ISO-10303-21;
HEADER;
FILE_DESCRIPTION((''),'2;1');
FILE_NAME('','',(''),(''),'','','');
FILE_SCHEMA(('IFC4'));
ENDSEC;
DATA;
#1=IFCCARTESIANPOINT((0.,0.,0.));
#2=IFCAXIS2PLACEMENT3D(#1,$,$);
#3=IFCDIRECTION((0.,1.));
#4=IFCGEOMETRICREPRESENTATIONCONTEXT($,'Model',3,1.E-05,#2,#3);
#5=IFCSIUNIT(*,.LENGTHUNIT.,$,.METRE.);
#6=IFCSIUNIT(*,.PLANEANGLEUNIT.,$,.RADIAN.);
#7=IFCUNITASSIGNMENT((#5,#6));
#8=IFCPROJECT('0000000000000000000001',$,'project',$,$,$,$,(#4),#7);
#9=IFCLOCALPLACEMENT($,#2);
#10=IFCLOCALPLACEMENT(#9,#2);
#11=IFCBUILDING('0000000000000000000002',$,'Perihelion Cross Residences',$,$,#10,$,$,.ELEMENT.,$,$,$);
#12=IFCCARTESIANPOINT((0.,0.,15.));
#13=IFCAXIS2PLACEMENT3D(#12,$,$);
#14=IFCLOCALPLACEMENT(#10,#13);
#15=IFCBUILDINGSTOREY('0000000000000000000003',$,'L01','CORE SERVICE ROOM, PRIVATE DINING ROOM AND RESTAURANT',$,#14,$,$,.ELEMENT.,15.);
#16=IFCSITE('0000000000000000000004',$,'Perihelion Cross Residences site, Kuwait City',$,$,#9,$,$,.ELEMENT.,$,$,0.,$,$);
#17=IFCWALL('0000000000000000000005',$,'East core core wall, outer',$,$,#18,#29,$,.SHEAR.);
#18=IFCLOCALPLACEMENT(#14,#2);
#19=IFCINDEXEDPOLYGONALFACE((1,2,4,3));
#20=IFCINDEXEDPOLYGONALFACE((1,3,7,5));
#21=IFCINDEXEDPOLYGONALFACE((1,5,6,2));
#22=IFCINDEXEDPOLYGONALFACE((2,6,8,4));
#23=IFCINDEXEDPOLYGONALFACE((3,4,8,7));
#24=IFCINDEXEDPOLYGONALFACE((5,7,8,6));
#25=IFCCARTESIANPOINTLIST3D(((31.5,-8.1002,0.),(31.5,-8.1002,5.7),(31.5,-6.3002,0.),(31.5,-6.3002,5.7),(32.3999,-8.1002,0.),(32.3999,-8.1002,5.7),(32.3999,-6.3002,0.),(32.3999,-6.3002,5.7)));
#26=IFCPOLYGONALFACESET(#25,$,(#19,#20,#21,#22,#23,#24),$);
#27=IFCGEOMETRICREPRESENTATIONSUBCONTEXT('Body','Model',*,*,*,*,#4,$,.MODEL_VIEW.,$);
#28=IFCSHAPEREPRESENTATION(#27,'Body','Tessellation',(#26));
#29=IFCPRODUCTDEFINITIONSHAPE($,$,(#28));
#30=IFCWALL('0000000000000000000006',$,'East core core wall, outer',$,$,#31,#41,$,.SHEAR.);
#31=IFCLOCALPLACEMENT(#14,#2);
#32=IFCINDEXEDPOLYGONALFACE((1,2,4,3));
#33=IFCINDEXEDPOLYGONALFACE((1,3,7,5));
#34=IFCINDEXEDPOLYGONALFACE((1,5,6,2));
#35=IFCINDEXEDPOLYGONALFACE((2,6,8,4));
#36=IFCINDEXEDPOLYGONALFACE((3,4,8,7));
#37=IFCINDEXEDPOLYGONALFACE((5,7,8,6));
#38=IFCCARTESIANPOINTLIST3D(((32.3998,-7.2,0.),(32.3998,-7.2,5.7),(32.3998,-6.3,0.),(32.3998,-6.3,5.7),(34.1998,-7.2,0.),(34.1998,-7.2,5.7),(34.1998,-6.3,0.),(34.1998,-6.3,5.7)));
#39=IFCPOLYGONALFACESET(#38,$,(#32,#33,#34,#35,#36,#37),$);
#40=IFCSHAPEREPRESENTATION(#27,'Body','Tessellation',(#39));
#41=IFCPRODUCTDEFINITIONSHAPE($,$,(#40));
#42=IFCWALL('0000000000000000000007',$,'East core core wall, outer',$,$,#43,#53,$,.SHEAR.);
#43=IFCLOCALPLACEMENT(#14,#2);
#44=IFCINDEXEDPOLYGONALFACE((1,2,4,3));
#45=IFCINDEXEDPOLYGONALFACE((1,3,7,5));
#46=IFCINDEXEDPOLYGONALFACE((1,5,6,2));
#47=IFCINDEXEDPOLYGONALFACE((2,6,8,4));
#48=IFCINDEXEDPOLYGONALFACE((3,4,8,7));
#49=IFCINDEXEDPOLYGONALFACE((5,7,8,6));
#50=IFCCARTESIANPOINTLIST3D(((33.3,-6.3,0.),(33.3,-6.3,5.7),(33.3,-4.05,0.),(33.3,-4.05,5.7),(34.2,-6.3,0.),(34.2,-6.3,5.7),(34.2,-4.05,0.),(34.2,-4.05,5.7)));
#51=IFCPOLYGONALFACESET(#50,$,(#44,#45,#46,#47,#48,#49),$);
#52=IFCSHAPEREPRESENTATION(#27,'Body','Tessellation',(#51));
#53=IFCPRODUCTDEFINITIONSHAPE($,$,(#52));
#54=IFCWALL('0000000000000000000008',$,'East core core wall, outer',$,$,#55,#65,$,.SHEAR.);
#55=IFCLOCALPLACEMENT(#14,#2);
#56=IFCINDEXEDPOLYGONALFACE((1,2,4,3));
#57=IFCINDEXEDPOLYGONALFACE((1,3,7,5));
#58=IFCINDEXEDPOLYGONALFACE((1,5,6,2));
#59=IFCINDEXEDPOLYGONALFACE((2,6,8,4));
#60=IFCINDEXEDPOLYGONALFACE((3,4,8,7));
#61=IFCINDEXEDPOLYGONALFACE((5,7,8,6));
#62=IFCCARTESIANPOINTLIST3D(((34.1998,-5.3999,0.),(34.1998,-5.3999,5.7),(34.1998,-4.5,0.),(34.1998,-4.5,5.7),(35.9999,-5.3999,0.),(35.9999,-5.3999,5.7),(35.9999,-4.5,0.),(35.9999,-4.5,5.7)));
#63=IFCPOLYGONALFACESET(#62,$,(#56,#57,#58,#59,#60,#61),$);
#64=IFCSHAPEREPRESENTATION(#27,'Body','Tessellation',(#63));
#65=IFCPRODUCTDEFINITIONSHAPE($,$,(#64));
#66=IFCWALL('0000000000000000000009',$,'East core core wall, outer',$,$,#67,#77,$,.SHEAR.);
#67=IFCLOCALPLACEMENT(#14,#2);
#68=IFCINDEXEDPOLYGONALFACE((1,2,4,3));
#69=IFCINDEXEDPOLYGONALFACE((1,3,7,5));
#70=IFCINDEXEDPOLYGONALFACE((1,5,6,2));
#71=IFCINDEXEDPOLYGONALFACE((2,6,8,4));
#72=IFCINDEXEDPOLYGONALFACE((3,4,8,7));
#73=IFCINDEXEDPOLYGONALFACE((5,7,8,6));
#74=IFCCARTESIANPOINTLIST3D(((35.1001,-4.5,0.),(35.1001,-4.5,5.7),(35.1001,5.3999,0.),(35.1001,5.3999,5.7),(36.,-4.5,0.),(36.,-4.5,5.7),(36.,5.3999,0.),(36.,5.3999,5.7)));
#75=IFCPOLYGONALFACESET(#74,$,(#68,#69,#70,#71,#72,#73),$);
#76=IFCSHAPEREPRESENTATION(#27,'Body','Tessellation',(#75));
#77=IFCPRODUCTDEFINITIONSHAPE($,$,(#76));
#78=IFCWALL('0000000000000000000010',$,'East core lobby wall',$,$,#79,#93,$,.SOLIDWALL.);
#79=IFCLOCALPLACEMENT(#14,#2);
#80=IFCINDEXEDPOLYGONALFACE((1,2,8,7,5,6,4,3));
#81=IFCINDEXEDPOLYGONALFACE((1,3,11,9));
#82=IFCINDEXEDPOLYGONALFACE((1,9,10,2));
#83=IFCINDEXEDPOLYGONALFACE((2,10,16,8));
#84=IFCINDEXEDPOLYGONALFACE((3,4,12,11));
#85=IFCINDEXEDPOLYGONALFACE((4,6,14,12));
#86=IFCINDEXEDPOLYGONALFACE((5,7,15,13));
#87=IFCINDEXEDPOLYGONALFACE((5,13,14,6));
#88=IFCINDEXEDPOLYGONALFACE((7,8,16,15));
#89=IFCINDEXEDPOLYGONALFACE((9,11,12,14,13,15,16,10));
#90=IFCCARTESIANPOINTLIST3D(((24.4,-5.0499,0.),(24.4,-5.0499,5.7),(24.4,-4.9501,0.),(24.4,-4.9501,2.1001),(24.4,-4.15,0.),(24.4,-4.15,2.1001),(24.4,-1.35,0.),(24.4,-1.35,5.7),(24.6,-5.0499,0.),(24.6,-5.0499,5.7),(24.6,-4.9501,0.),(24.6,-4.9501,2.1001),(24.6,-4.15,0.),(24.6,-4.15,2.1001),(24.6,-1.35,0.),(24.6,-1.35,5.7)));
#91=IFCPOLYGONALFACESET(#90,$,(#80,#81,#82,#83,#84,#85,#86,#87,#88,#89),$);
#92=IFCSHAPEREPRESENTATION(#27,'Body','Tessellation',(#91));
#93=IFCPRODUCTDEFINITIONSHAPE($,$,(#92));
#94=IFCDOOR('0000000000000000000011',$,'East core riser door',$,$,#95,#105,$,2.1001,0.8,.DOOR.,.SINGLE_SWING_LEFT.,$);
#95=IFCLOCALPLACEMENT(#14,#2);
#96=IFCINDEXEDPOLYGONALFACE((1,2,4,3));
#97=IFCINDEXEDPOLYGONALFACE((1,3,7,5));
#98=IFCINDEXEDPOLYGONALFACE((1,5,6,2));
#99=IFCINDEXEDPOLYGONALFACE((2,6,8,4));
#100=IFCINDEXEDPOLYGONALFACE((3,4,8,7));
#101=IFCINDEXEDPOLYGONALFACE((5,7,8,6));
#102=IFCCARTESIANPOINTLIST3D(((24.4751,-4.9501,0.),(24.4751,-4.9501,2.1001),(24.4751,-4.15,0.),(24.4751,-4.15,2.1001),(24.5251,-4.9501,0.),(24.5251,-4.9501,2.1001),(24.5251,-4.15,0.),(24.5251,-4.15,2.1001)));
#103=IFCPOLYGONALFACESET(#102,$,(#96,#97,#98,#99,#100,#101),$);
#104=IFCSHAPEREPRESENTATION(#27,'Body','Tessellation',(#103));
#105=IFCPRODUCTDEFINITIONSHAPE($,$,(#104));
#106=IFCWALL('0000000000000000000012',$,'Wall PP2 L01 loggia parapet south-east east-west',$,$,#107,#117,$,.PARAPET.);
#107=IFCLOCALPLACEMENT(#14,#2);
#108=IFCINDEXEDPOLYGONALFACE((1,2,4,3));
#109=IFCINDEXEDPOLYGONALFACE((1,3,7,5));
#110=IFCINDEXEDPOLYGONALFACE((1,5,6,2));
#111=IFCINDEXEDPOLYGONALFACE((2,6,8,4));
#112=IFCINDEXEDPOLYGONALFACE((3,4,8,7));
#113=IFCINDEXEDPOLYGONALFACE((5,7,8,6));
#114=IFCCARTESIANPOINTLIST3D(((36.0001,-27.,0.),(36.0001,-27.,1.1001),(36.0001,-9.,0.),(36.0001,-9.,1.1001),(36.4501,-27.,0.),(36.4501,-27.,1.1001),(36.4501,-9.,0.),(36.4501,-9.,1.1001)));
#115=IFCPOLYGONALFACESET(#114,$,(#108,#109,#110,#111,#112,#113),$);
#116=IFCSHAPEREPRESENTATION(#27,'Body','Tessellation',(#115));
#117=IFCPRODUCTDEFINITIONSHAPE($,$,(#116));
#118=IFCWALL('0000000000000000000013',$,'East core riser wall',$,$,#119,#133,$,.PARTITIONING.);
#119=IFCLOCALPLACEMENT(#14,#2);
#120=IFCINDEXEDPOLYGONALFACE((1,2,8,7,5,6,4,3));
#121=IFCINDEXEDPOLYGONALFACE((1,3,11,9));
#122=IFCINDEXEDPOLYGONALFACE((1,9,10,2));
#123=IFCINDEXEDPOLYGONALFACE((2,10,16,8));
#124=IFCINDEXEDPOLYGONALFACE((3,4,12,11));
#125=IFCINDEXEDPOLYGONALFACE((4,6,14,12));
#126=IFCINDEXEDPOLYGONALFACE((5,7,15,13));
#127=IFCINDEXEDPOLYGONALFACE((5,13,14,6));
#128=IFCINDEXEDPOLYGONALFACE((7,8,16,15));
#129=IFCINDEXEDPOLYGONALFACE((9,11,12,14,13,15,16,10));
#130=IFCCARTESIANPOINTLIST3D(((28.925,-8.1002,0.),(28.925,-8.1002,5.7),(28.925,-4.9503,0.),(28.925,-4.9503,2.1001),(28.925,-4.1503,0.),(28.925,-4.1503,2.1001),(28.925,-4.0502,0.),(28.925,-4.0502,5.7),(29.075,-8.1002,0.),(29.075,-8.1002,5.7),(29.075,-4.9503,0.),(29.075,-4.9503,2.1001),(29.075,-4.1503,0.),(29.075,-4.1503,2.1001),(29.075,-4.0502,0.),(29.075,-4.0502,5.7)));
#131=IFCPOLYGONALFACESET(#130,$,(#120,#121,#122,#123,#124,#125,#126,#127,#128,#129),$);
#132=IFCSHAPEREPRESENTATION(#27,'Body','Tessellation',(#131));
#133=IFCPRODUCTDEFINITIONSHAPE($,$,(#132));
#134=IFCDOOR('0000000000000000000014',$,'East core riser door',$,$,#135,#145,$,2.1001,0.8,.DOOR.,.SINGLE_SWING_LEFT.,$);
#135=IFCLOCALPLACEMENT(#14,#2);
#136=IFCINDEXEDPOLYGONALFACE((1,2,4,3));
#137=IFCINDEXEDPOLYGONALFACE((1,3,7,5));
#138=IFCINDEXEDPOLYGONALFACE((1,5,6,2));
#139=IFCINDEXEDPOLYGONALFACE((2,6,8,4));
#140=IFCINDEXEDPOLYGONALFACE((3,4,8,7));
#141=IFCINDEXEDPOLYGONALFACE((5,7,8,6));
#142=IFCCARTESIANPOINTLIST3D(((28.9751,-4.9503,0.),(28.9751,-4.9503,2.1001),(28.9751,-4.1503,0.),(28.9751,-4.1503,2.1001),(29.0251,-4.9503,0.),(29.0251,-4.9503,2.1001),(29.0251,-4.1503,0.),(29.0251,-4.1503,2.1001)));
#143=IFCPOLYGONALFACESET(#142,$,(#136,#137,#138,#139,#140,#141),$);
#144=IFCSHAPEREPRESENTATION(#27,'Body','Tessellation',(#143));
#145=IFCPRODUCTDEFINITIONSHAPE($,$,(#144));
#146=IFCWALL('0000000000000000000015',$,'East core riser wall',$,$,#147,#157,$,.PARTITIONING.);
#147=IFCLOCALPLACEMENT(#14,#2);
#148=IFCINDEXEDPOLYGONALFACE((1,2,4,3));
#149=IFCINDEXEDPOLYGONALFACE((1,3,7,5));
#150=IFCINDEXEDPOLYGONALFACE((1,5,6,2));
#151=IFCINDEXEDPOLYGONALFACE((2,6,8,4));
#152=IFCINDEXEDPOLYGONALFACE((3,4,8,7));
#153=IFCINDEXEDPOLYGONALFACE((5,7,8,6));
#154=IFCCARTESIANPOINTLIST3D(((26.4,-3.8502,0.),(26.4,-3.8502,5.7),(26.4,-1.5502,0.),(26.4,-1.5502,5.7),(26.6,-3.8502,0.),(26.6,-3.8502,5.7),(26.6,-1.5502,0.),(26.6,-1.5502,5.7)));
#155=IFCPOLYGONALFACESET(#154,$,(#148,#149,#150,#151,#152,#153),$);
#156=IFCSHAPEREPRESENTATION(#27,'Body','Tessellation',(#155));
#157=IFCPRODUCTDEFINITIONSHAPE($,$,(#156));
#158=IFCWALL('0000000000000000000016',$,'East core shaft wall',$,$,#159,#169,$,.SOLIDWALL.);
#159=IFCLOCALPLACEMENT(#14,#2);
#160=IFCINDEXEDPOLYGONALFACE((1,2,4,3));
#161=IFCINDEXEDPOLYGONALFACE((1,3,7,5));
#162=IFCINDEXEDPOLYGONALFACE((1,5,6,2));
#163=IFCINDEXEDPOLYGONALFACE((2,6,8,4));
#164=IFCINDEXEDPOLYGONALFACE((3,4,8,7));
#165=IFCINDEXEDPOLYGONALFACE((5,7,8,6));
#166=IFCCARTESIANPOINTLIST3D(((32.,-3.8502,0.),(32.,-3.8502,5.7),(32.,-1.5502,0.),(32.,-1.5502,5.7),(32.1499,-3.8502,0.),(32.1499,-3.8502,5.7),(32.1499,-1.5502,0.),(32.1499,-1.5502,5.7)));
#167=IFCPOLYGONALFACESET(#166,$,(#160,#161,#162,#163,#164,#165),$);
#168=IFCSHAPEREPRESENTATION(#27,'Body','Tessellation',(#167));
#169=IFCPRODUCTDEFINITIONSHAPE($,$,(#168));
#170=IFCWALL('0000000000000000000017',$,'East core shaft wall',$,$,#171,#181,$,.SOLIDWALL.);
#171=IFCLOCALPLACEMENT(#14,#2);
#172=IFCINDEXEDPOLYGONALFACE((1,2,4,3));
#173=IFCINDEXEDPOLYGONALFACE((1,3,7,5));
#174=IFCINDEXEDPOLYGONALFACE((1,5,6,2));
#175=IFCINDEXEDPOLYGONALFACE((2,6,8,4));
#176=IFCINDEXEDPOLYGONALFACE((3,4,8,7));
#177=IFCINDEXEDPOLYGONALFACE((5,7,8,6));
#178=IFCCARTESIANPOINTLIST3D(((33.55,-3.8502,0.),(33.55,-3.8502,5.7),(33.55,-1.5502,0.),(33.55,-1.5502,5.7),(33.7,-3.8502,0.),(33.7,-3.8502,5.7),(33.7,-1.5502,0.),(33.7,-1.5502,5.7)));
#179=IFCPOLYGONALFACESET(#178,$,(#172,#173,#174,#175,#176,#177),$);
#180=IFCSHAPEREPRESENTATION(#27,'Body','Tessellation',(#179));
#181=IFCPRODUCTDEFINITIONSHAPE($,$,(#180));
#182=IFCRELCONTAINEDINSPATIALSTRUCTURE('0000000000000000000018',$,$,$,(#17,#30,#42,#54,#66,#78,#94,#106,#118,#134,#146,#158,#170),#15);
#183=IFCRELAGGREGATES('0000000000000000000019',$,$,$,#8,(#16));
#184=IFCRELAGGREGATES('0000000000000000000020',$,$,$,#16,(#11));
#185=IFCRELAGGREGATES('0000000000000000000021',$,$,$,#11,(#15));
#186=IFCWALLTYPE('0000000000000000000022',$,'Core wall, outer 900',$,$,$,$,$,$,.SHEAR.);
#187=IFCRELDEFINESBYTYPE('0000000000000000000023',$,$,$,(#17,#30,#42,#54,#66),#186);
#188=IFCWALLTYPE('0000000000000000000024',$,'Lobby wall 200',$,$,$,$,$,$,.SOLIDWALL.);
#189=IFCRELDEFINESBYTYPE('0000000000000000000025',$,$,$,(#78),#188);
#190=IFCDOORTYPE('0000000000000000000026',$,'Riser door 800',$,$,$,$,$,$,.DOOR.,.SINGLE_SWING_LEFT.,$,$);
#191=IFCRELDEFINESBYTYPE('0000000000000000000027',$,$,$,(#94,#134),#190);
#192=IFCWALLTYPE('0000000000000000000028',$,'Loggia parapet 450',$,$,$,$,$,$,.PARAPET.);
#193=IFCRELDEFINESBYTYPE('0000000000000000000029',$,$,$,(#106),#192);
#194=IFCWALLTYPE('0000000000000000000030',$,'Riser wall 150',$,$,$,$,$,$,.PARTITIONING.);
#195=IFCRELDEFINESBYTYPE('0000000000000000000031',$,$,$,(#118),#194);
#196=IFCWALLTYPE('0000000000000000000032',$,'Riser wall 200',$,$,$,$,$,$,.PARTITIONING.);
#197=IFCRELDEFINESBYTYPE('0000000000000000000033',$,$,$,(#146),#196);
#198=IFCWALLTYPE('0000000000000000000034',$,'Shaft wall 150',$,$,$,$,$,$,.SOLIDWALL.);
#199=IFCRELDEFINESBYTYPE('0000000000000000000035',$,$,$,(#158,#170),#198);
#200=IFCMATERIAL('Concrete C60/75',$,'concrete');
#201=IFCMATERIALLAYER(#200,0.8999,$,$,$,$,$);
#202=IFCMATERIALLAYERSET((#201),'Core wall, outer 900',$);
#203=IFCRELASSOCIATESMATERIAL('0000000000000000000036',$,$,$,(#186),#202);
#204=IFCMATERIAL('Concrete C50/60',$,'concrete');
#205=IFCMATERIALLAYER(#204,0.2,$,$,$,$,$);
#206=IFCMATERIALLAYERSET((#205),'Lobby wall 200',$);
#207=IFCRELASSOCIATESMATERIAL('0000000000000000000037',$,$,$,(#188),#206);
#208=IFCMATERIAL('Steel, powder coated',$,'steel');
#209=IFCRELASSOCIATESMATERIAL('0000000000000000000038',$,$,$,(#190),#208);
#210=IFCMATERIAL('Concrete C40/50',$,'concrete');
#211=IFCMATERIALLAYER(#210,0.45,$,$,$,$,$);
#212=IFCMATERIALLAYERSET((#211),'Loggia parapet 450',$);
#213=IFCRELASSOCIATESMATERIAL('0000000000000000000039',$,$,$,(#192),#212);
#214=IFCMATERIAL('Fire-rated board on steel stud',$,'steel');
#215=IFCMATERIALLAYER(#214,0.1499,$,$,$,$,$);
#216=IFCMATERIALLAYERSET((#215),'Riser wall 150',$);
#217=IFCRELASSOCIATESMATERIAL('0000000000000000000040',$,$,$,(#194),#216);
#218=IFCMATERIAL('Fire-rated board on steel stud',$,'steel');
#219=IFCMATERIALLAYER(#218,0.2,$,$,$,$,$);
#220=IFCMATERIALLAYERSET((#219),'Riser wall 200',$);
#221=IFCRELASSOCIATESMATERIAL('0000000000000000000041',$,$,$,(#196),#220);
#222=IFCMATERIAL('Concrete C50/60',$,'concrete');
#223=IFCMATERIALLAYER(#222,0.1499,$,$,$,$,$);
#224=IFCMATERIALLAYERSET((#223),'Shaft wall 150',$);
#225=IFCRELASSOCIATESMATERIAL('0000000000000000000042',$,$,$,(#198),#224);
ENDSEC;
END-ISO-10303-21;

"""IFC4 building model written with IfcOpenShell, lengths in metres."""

from ifc_helpers import new_model, si_unit, direction, frame, frame_2d, origin, place, context, subcontext, project, spatial, rectangle, extrude, material, layer, layer_set, type_object, element, fill, save


model = new_model("IFC4")

# Units and contexts
model_context = context("Model", 3, precision=1e-05, world=origin(), true_north=direction((0.0, 1.0)))
body_context = subcontext(model_context, "Body", "Model", "MODEL_VIEW")
ifc_project = project(units=[si_unit("LENGTHUNIT", "METRE"), si_unit("PLANEANGLEUNIT", "RADIAN")], contexts=[model_context])

# Site, building, storey
site_placement = place(None, origin())
site = spatial("IfcSite", under=ifc_project, at=site_placement, Name="Perihelion Cross Residences site, Kuwait City", CompositionType="ELEMENT", RefElevation=0.0)
building_placement = place(site_placement, origin())
building = spatial("IfcBuilding", under=site, at=building_placement, Name="Perihelion Cross Residences", CompositionType="ELEMENT")
storey_placement = place(building_placement, frame((0.0, 0.0, 15.0)))
storey = spatial("IfcBuildingStorey", under=building, at=storey_placement, Name="L01", Description="CORE SERVICE ROOM, PRIVATE DINING ROOM AND RESTAURANT", CompositionType="ELEMENT", Elevation=15.0)

# Walls
ifc_material_1 = material(Name="Concrete C60/75", Category="concrete")
ifc_layer_1 = layer(ifc_material_1, 0.8999)
ifc_layer_set_1 = layer_set([ifc_layer_1], Name="Core wall, outer 900")
wall_type_1 = type_object("IfcWallType", Name="Core wall, outer 900", PredefinedType="SHEAR", material=ifc_layer_set_1)
for number, where, z_axis, x_axis, name in (
    (1, (31.95, -8.1001, 0.0), (0.0, 0.0, 1.0), (0.0, 1.0, 0.0), "East core core wall, outer"),
    (2, (32.3999, -6.75, 0.0), (0.0, 0.0, 1.0), (1.0, 0.0, 0.0), "East core core wall, outer"),
):
    element("IfcWall", number, at=place(storey_placement, frame(where, z_axis=z_axis, x_axis=x_axis)), inside=storey, type_object=wall_type_1, Name=name, PredefinedType="SHEAR", context=body_context, shape_type="SweptSolid", body=[
        extrude(rectangle(XDim=1.8, YDim=0.8999, at=frame_2d((0.8999, 0.0))), origin(), (0.0, 0.0, 1.0), 5.7),
    ])
wall_1_placement = place(storey_placement, frame((33.75, -6.3, 0.0), z_axis=(0.0, 0.0, 1.0), x_axis=(0.0, 1.0, 0.0)))
element("IfcWall", 3, at=wall_1_placement, inside=storey, type_object=wall_type_1, Name="East core core wall, outer", PredefinedType="SHEAR", context=body_context, shape_type="SweptSolid", body=[
    extrude(rectangle(XDim=2.25, YDim=0.8999, at=frame_2d((1.125, 0.0))), origin(), (0.0, 0.0, 1.0), 5.7),
])
wall_2_placement = place(storey_placement, frame((34.2, -4.95, 0.0), z_axis=(0.0, 0.0, 1.0), x_axis=(1.0, 0.0, 0.0)))
element("IfcWall", 4, at=wall_2_placement, inside=storey, type_object=wall_type_1, Name="East core core wall, outer", PredefinedType="SHEAR", context=body_context, shape_type="SweptSolid", body=[
    extrude(rectangle(XDim=1.8, YDim=0.8999, at=frame_2d((0.8999, 0.0))), origin(), (0.0, 0.0, 1.0), 5.7),
])
wall_3_placement = place(storey_placement, frame((35.55, -4.5, 0.0), z_axis=(0.0, 0.0, 1.0), x_axis=(0.0, 1.0, 0.0)))
element("IfcWall", 5, at=wall_3_placement, inside=storey, type_object=wall_type_1, Name="East core core wall, outer", PredefinedType="SHEAR", context=body_context, shape_type="SweptSolid", body=[
    extrude(rectangle(XDim=9.8999, YDim=0.8999, at=frame_2d((4.95, 0.0))), origin(), (0.0, 0.0, 1.0), 5.7),
])

# Wall, opening, door
ifc_material_2 = material(Name="Concrete C50/60", Category="concrete")
ifc_layer_2 = layer(ifc_material_2, 0.2)
ifc_layer_set_2 = layer_set([ifc_layer_2], Name="Lobby wall 200")
wall_type_2 = type_object("IfcWallType", Name="Lobby wall 200", PredefinedType="SOLIDWALL", material=ifc_layer_set_2)
wall_4_placement = place(storey_placement, frame((24.5, -5.05, 0.0), z_axis=(0.0, 0.0, 1.0), x_axis=(0.0, 1.0, 0.0)))
wall_4 = element("IfcWall", 6, at=wall_4_placement, inside=storey, type_object=wall_type_2, Name="East core lobby wall", PredefinedType="SOLIDWALL", context=body_context, shape_type="SweptSolid", body=[
    extrude(rectangle(XDim=3.7, YDim=0.2, at=frame_2d((1.8501, 0.0))), origin(), (0.0, 0.0, 1.0), 5.7),
])
opening_1_placement = place(wall_4_placement, frame((0.1001, 0.0, 0.0)))
opening_1 = element("IfcOpeningElement", 7, at=opening_1_placement, cuts=wall_4, PredefinedType="OPENING", context=body_context, shape_type="SweptSolid", body=[
    extrude(rectangle(XDim=0.8, YDim=2.1001, at=frame_2d((0.3999, 1.05))), frame((0.0, 0.1099, 0.0), z_axis=(0.0, -1.0, 0.0), x_axis=(1.0, 0.0, 0.0)), (0.0, 0.0, 1.0), 0.22),
])
ifc_material_3 = material(Name="Steel, powder coated", Category="steel")
door_type_1 = type_object("IfcDoorType", Name="Riser door 800", OperationType="SINGLE_SWING_LEFT", PredefinedType="DOOR", material=ifc_material_3)
door_1_placement = place(opening_1_placement, origin())
door_1 = element("IfcDoor", 8, at=door_1_placement, inside=storey, type_object=door_type_1, Name="East core riser door", OperationType="SINGLE_SWING_LEFT", OverallHeight=2.1001, OverallWidth=0.8, PredefinedType="DOOR", context=body_context, shape_type="SweptSolid", body=[
    extrude(rectangle(XDim=0.8, YDim=2.1001, at=frame_2d((0.3999, 1.05))), frame((0.0, 0.0249, 0.0), z_axis=(0.0, -1.0, 0.0), x_axis=(1.0, 0.0, 0.0)), (0.0, 0.0, 1.0), 0.05),
])
fill(opening_1, door_1)

# Wall
ifc_material_4 = material(Name="Concrete C40/50", Category="concrete")
ifc_layer_3 = layer(ifc_material_4, 0.45)
ifc_layer_set_3 = layer_set([ifc_layer_3], Name="Loggia parapet 450")
wall_type_3 = type_object("IfcWallType", Name="Loggia parapet 450", PredefinedType="PARAPET", material=ifc_layer_set_3)
wall_5_placement = place(storey_placement, frame((36.2251, -9.0, 0.0), z_axis=(0.0, 0.0, 1.0), x_axis=(0.0, -1.0, 0.0)))
element("IfcWall", 9, at=wall_5_placement, inside=storey, type_object=wall_type_3, Name="Wall PP2 L01 loggia parapet south-east east-west", PredefinedType="PARAPET", context=body_context, shape_type="SweptSolid", body=[
    extrude(rectangle(XDim=18.0, YDim=0.45, at=frame_2d((9.0, 0.0))), origin(), (0.0, 0.0, 1.0), 1.1001),
])

# Wall, opening, door
ifc_material_5 = material(Name="Fire-rated board on steel stud", Category="steel")
ifc_layer_4 = layer(ifc_material_5, 0.1499)
ifc_layer_set_4 = layer_set([ifc_layer_4], Name="Riser wall 150")
wall_type_4 = type_object("IfcWallType", Name="Riser wall 150", PredefinedType="PARTITIONING", material=ifc_layer_set_4)
wall_6_placement = place(storey_placement, frame((29.0, -8.1001, 0.0), z_axis=(0.0, 0.0, 1.0), x_axis=(0.0, 1.0, 0.0)))
wall_6 = element("IfcWall", 10, at=wall_6_placement, inside=storey, type_object=wall_type_4, Name="East core riser wall", PredefinedType="PARTITIONING", context=body_context, shape_type="SweptSolid", body=[
    extrude(rectangle(XDim=4.05, YDim=0.1499, at=frame_2d((2.0249, 0.0))), origin(), (0.0, 0.0, 1.0), 5.7),
])
opening_2_placement = place(wall_6_placement, frame((3.1499, 0.0, 0.0)))
opening_2 = element("IfcOpeningElement", 11, at=opening_2_placement, cuts=wall_6, PredefinedType="OPENING", context=body_context, shape_type="SweptSolid", body=[
    extrude(rectangle(XDim=0.8, YDim=2.1001, at=frame_2d((0.3999, 1.05))), frame((0.0, 0.085, 0.0), z_axis=(0.0, -1.0, 0.0), x_axis=(1.0, 0.0, 0.0)), (0.0, 0.0, 1.0), 0.1699),
])
door_2_placement = place(opening_2_placement, origin())
door_2 = element("IfcDoor", 12, at=door_2_placement, inside=storey, type_object=door_type_1, Name="East core riser door", OperationType="SINGLE_SWING_LEFT", OverallHeight=2.1001, OverallWidth=0.8, PredefinedType="DOOR", context=body_context, shape_type="SweptSolid", body=[
    extrude(rectangle(XDim=0.8, YDim=2.1001, at=frame_2d((0.3999, 1.05))), frame((0.0, 0.0249, 0.0), z_axis=(0.0, -1.0, 0.0), x_axis=(1.0, 0.0, 0.0)), (0.0, 0.0, 1.0), 0.05),
])
fill(opening_2, door_2)

# Walls
ifc_material_6 = material(Name="Fire-rated board on steel stud", Category="steel")
ifc_layer_5 = layer(ifc_material_6, 0.2)
ifc_layer_set_5 = layer_set([ifc_layer_5], Name="Riser wall 200")
wall_type_5 = type_object("IfcWallType", Name="Riser wall 200", PredefinedType="PARTITIONING", material=ifc_layer_set_5)
wall_7_placement = place(storey_placement, frame((26.5, -3.8501, 0.0), z_axis=(0.0, 0.0, 1.0), x_axis=(0.0, 1.0, 0.0)))
element("IfcWall", 13, at=wall_7_placement, inside=storey, type_object=wall_type_5, Name="East core riser wall", PredefinedType="PARTITIONING", context=body_context, shape_type="SweptSolid", body=[
    extrude(rectangle(XDim=2.3, YDim=0.2, at=frame_2d((1.1499, 0.0))), origin(), (0.0, 0.0, 1.0), 5.7),
])
ifc_material_7 = material(Name="Concrete C50/60", Category="concrete")
ifc_layer_6 = layer(ifc_material_7, 0.1499)
ifc_layer_set_6 = layer_set([ifc_layer_6], Name="Shaft wall 150")
wall_type_6 = type_object("IfcWallType", Name="Shaft wall 150", PredefinedType="SOLIDWALL", material=ifc_layer_set_6)
for number, where, z_axis, x_axis, name in (
    (14, (32.075, -3.8501, 0.0), (0.0, 0.0, 1.0), (0.0, 1.0, 0.0), "East core shaft wall"),
    (15, (33.625, -3.8501, 0.0), (0.0, 0.0, 1.0), (0.0, 1.0, 0.0), "East core shaft wall"),
):
    element("IfcWall", number, at=place(storey_placement, frame(where, z_axis=z_axis, x_axis=x_axis)), inside=storey, type_object=wall_type_6, Name=name, PredefinedType="SOLIDWALL", context=body_context, shape_type="SweptSolid", body=[
        extrude(rectangle(XDim=2.3, YDim=0.1499, at=frame_2d((1.1499, 0.0))), origin(), (0.0, 0.0, 1.0), 5.7),
    ])

save(model, "model.ifc")
